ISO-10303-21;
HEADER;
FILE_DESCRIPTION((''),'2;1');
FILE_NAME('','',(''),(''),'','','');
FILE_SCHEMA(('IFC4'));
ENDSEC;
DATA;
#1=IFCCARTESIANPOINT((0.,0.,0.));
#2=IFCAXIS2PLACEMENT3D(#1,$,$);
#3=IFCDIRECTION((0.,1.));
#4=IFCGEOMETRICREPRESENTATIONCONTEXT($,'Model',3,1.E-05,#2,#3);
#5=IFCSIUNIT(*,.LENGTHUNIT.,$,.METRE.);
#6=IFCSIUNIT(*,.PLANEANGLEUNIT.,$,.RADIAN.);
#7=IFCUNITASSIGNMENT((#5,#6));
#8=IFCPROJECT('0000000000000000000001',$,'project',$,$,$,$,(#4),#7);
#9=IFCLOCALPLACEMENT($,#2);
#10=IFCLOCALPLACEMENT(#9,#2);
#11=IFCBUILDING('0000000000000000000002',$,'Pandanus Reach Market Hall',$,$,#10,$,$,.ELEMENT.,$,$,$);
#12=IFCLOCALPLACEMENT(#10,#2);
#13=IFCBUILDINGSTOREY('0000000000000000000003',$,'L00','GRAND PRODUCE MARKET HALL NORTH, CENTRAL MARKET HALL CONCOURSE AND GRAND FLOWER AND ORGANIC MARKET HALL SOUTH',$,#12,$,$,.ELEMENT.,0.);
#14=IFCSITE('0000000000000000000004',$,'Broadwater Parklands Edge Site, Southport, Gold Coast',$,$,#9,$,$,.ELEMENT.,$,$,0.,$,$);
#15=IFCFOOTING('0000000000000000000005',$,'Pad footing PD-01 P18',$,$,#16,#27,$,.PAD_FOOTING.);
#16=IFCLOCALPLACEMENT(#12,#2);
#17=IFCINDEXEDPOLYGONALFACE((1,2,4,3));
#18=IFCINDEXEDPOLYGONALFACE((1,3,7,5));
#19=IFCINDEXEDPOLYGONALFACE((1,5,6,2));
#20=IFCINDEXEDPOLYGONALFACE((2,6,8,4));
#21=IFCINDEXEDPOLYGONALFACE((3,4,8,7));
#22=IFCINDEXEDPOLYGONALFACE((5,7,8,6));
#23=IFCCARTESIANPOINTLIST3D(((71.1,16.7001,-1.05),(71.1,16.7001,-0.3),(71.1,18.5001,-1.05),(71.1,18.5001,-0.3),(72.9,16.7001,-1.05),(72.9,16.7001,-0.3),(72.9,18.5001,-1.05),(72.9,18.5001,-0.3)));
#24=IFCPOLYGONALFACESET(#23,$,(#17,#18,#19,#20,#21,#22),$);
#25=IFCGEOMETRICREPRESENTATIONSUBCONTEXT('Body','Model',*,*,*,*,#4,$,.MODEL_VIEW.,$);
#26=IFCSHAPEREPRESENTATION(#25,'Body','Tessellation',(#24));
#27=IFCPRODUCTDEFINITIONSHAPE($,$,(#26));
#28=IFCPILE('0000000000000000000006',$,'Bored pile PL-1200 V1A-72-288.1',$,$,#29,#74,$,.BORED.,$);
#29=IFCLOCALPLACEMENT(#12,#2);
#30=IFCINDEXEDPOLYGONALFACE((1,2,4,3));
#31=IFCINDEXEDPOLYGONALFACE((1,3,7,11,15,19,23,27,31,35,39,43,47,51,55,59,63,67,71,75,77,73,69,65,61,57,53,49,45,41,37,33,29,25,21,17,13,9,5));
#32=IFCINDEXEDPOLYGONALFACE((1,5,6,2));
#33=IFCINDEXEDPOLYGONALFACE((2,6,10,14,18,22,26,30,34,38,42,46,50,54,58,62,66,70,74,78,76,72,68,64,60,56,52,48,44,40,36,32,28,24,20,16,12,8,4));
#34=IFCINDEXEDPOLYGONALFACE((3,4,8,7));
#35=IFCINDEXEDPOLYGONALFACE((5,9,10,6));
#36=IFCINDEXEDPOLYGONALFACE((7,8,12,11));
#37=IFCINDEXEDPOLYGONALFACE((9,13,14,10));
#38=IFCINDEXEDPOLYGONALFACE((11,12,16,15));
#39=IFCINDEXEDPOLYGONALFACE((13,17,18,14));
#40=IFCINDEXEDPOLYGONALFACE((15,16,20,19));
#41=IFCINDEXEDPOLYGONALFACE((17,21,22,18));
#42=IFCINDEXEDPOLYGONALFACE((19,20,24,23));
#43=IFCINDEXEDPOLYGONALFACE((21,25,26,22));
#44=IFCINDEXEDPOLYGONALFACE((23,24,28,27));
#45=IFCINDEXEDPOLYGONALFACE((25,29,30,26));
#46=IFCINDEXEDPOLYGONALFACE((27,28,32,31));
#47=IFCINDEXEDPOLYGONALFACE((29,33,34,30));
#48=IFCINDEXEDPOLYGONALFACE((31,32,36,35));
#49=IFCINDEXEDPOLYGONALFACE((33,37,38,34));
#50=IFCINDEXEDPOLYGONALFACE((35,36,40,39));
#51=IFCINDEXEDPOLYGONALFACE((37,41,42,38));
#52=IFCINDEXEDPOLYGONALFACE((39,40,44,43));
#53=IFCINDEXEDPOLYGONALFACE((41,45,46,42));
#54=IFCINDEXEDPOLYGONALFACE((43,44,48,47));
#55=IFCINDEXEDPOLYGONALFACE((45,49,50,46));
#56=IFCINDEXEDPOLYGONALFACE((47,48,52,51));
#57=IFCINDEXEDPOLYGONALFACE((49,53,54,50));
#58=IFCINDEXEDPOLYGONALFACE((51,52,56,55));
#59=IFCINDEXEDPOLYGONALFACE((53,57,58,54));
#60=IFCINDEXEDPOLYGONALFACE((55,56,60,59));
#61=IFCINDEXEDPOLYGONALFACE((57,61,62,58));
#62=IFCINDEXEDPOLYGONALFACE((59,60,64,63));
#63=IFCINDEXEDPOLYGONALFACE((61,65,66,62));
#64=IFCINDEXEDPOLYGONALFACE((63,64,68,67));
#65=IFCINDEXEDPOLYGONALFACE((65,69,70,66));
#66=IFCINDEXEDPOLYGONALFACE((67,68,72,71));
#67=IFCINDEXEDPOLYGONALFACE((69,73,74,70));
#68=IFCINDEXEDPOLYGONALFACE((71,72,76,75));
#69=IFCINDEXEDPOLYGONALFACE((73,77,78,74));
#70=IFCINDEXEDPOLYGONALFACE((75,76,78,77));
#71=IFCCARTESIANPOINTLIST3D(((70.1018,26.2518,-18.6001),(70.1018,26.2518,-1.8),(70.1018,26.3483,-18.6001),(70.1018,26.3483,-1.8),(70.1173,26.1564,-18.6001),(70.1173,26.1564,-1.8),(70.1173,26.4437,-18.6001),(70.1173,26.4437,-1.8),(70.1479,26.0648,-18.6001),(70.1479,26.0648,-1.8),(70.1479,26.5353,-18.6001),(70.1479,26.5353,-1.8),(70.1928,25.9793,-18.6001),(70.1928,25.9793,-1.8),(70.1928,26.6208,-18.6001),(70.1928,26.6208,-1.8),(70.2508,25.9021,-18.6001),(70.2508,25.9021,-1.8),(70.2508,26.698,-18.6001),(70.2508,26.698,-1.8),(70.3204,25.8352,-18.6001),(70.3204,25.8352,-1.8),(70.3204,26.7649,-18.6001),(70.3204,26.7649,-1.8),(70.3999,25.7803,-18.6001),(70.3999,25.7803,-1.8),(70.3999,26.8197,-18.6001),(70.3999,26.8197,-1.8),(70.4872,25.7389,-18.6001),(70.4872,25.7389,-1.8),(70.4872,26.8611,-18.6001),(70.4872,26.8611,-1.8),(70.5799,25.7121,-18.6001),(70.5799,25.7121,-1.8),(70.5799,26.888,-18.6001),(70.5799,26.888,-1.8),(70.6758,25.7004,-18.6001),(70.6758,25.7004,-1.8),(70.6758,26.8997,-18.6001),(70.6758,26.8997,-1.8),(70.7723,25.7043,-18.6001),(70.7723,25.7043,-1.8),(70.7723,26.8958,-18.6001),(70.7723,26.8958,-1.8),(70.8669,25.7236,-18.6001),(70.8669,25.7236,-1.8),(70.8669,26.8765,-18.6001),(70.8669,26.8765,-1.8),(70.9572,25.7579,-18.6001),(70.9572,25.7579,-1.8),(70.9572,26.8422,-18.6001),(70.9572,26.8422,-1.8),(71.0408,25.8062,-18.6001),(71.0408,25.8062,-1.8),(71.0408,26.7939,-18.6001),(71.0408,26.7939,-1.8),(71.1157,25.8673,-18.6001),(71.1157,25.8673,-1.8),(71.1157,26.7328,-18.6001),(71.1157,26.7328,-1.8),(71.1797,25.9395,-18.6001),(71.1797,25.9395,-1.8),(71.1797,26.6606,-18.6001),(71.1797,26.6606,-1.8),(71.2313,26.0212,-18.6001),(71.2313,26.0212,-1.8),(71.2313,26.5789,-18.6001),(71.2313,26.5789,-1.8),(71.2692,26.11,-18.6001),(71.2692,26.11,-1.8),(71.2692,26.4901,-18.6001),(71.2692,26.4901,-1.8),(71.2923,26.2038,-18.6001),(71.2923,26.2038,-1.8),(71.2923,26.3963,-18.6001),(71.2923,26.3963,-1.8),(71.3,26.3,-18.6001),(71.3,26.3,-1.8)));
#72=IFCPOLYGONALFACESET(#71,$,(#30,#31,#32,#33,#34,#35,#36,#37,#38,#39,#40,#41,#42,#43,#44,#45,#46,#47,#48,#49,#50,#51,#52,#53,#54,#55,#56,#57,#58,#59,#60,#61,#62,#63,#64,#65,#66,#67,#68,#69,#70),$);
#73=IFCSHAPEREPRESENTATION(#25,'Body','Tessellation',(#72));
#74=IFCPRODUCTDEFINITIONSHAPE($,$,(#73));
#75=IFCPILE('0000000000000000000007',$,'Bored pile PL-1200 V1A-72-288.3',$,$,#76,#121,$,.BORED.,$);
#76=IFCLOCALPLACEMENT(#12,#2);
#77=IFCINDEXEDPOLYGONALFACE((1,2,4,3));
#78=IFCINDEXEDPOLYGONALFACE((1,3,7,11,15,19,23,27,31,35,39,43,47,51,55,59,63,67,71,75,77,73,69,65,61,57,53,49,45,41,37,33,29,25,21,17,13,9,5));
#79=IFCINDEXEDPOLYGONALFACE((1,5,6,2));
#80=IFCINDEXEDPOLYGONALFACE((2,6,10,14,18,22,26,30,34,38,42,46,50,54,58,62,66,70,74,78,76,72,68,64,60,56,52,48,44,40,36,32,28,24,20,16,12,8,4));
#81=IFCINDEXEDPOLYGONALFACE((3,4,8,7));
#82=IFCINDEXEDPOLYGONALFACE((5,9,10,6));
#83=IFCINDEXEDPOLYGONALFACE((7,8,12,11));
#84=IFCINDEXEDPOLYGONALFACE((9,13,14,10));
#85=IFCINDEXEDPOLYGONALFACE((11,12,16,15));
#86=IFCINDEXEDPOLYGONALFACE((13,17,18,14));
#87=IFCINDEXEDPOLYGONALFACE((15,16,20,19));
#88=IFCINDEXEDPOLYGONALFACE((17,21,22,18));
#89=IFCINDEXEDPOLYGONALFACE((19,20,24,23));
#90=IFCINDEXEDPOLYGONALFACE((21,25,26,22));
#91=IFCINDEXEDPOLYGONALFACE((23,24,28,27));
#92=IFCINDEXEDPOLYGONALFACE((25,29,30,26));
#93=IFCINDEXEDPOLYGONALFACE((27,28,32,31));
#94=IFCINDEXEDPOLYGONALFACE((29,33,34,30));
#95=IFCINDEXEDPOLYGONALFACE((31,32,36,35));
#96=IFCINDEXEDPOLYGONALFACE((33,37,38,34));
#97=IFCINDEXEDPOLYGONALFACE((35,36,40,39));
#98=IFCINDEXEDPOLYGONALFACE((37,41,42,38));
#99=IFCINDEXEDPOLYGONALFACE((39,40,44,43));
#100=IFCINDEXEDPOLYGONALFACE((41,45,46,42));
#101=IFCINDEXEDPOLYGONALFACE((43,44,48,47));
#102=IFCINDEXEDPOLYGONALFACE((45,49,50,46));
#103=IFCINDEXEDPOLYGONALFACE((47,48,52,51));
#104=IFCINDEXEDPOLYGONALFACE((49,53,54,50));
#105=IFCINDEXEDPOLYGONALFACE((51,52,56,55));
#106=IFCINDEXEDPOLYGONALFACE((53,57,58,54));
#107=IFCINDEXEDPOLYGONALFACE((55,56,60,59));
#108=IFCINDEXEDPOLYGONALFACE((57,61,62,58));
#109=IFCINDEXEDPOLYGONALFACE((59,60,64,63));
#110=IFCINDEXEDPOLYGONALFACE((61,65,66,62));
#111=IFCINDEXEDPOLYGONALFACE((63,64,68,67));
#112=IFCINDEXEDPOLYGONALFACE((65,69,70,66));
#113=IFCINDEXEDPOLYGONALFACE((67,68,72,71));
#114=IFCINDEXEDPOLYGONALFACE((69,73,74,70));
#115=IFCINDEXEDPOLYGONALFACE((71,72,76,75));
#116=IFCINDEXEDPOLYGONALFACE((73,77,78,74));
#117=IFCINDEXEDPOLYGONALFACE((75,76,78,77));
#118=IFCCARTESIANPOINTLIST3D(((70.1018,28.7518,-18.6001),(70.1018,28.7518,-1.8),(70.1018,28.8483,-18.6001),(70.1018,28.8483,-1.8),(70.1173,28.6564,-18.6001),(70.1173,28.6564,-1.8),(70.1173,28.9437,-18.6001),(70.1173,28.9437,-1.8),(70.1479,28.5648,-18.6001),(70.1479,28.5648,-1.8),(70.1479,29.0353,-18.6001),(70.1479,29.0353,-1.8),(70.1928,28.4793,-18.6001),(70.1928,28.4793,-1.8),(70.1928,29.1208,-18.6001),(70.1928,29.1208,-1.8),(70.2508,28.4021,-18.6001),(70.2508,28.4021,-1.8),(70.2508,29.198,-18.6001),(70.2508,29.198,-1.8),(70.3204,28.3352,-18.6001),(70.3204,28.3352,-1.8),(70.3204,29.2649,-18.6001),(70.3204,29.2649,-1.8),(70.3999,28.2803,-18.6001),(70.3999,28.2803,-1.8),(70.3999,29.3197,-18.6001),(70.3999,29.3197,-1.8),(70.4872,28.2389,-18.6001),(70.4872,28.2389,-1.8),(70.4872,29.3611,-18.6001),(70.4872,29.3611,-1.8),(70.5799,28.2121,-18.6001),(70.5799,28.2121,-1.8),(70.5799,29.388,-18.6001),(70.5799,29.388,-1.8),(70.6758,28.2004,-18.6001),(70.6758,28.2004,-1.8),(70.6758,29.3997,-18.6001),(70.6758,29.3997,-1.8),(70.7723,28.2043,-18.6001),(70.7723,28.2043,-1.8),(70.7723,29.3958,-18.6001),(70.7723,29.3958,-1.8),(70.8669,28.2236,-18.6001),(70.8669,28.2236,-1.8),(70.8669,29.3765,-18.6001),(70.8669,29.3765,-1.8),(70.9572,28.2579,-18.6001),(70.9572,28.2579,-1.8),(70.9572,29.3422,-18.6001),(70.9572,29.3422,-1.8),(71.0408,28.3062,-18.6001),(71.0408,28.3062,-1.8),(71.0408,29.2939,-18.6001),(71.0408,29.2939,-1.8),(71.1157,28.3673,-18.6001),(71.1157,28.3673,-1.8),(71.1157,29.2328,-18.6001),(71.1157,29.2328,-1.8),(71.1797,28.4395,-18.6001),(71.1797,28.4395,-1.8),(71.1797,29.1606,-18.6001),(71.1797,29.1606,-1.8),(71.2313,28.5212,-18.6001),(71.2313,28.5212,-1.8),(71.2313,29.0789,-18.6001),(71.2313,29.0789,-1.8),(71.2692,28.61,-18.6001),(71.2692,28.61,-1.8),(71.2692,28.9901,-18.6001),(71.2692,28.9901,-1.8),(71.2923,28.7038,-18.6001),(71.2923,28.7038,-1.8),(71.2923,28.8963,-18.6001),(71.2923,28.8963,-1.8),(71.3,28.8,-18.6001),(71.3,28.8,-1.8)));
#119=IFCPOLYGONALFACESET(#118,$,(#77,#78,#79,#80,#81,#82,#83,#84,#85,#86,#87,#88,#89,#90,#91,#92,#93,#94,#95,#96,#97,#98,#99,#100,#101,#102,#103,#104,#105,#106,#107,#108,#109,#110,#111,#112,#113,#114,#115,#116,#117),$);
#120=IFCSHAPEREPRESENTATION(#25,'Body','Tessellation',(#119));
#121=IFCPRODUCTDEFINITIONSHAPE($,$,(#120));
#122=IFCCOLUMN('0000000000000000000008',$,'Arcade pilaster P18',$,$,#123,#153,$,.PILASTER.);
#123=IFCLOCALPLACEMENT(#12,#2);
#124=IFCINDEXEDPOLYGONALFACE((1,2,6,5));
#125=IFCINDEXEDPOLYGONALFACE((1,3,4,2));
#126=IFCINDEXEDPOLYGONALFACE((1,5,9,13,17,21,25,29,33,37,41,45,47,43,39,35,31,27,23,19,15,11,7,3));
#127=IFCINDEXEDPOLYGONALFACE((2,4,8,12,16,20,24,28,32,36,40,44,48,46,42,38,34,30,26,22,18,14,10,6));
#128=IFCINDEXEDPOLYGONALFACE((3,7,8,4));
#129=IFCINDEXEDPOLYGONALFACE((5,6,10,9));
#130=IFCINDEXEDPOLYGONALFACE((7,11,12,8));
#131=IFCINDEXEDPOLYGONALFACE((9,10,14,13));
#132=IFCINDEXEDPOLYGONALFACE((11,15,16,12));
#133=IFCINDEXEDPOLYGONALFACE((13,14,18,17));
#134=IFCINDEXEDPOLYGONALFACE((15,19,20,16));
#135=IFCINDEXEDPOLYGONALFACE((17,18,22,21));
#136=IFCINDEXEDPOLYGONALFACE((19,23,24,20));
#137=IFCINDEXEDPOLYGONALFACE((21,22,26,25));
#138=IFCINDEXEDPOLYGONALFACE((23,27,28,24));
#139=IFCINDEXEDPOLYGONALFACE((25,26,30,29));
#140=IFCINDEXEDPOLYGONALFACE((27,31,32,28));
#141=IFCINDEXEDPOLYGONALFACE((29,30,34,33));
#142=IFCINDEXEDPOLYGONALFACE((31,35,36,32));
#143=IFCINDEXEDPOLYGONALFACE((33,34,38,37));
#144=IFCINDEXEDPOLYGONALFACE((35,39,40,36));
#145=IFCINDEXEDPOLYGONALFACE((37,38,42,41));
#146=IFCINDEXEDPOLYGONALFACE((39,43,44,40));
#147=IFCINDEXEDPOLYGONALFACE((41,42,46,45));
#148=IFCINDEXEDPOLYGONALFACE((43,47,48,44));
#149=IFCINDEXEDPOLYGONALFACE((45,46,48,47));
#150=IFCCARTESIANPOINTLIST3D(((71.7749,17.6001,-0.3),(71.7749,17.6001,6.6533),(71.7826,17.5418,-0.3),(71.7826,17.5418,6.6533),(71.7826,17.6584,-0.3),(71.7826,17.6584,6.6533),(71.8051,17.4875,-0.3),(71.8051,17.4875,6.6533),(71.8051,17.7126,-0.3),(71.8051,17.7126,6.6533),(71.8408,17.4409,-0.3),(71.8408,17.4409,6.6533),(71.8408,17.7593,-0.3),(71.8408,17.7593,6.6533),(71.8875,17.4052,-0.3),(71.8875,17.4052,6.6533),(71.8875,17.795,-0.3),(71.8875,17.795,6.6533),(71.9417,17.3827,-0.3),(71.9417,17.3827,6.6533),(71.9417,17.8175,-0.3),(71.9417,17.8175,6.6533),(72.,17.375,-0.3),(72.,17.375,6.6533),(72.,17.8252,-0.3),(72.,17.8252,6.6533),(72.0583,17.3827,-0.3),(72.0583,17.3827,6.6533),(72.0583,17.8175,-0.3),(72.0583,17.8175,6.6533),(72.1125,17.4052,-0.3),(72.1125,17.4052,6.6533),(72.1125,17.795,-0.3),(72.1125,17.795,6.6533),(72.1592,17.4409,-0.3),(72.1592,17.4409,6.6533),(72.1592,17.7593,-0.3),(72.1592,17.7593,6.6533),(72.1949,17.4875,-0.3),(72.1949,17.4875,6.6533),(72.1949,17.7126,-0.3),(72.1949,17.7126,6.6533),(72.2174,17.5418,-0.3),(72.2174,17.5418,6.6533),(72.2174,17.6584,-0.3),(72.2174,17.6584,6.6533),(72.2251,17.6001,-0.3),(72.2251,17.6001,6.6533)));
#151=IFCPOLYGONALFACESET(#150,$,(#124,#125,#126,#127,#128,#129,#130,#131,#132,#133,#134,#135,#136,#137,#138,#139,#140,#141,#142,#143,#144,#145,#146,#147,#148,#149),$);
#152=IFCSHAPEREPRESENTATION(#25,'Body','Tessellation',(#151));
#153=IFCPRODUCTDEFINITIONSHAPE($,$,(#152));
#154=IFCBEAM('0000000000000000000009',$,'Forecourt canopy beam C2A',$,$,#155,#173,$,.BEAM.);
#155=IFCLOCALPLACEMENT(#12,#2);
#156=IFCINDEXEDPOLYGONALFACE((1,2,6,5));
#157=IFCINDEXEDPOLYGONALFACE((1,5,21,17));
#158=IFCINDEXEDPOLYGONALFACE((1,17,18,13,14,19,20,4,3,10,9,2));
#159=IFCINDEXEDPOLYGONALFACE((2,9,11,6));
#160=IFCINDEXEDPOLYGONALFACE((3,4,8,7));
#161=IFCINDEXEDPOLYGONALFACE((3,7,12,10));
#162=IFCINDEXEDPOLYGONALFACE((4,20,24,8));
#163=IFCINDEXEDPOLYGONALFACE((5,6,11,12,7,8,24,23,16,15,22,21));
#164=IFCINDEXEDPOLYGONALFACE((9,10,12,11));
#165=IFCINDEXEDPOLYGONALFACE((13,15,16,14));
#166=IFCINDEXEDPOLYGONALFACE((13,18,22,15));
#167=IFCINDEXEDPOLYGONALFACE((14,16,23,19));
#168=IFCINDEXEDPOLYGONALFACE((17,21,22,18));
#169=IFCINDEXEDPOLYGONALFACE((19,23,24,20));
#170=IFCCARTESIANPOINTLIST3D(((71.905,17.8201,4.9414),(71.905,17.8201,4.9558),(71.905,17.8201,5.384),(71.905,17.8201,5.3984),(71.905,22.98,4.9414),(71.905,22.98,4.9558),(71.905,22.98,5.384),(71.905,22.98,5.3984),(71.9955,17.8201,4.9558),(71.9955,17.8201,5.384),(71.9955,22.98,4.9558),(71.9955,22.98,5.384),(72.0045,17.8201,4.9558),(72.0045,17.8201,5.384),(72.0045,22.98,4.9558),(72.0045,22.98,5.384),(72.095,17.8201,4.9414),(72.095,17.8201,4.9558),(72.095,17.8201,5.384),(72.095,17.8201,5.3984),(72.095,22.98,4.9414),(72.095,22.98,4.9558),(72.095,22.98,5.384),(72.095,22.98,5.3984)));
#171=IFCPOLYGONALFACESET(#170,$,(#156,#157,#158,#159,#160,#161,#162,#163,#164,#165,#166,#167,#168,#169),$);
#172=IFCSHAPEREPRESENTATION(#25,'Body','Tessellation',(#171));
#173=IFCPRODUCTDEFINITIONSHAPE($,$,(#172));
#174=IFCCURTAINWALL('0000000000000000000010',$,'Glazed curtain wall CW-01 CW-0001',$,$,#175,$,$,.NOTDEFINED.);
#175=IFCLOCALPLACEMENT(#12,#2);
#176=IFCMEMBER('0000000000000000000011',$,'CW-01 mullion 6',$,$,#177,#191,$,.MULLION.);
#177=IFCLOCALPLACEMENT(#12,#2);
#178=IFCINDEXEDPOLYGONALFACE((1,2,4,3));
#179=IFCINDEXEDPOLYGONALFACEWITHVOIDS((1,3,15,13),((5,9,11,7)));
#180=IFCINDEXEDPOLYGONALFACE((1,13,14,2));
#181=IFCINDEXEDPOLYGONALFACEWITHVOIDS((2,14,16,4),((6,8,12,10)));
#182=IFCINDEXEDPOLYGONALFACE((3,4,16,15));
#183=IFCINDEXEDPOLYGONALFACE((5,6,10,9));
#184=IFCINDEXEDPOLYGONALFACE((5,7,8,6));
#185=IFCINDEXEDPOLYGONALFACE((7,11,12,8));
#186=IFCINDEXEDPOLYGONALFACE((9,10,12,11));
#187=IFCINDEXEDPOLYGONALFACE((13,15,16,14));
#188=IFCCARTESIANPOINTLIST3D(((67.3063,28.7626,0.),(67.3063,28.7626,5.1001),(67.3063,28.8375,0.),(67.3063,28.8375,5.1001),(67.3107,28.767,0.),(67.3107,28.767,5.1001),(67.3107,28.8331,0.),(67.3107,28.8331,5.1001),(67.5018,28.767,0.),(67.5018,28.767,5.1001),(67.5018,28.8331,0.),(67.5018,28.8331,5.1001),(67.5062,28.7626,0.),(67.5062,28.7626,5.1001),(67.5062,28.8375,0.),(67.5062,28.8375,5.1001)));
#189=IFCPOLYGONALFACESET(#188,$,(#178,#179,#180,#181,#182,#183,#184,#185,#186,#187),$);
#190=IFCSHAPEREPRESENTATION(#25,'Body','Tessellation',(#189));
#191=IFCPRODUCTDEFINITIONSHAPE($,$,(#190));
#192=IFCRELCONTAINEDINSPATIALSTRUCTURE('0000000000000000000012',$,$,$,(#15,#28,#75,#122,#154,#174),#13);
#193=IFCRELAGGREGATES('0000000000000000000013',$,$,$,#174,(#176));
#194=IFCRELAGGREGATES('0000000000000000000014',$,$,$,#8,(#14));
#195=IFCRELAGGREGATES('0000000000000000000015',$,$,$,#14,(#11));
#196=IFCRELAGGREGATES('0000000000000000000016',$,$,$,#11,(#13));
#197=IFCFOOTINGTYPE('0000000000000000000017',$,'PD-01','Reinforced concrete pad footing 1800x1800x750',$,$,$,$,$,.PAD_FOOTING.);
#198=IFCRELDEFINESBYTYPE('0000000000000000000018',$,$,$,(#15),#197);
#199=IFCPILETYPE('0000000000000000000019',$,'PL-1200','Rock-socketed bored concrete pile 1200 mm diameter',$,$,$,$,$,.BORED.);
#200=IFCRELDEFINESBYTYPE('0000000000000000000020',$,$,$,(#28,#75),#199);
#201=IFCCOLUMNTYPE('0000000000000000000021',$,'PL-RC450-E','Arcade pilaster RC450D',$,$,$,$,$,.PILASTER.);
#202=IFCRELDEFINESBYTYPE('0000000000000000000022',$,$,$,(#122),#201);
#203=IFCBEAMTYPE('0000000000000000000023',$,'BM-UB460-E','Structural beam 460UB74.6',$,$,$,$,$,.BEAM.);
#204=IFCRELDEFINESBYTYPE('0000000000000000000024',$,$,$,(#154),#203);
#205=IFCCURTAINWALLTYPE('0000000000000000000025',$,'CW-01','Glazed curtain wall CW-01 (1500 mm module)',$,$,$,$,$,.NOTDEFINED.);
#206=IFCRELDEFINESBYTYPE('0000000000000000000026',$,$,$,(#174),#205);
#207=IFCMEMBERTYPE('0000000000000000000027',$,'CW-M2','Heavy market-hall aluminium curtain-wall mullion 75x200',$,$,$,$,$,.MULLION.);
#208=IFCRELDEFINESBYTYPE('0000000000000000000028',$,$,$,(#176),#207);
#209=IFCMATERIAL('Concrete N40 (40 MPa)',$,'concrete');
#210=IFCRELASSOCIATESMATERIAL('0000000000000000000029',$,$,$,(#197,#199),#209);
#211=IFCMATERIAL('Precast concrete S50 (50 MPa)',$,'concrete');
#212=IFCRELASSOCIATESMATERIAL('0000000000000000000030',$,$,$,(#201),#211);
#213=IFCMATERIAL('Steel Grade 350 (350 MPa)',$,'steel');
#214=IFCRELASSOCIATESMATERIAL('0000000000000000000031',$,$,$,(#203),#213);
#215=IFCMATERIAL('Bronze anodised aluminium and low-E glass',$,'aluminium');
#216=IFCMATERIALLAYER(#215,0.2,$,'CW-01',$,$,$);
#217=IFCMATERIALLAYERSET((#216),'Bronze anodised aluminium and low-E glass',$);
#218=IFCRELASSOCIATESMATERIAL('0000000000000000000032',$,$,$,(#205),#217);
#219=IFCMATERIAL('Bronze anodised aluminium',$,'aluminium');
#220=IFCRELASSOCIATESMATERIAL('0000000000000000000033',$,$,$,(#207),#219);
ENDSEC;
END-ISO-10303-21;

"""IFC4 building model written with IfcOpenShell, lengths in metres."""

from ifc_helpers import new_model, si_unit, direction, frame, origin, origin_2d, place, context, subcontext, project, spatial, rectangle, hollow_rectangle, circle, i_section, extrude, material, layer, layer_set, material_profile, profile_set, type_object, element, aggregate, save


model = new_model("IFC4")

# Units and contexts
model_context = context("Model", 3, precision=1e-05, world=origin(), true_north=direction((0.0, 1.0)))
body_context = subcontext(model_context, "Body", "Model", "MODEL_VIEW")
ifc_project = project(units=[si_unit("LENGTHUNIT", "METRE"), si_unit("PLANEANGLEUNIT", "RADIAN")], contexts=[model_context])

# Site, building, storey
site_placement = place(None, origin())
site = spatial("IfcSite", under=ifc_project, at=site_placement, Name="Broadwater Parklands Edge Site, Southport, Gold Coast", CompositionType="ELEMENT", RefElevation=0.0)
building_placement = place(site_placement, origin())
building = spatial("IfcBuilding", under=site, at=building_placement, Name="Pandanus Reach Market Hall", CompositionType="ELEMENT")
storey_placement = place(building_placement, origin())
storey = spatial("IfcBuildingStorey", under=building, at=storey_placement, Name="L00", Description="GRAND PRODUCE MARKET HALL NORTH, CENTRAL MARKET HALL CONCOURSE AND GRAND FLOWER AND ORGANIC MARKET HALL SOUTH", CompositionType="ELEMENT", Elevation=0.0)

# Footing
ifc_material_1 = material(Name="Concrete N40 (40 MPa)", Category="concrete")
footing_type = type_object("IfcFootingType", Name="PD-01", Description="Reinforced concrete pad footing 1800x1800x750", PredefinedType="PAD_FOOTING", material=ifc_material_1)
footing_placement = place(storey_placement, frame((72.0, 17.6001, -1.05), z_axis=(0.0, 0.0, 1.0), x_axis=(1.0, 0.0, 0.0)))
element("IfcFooting", 1, at=footing_placement, inside=storey, type_object=footing_type, Name="Pad footing PD-01 P18", PredefinedType="PAD_FOOTING", context=body_context, shape_type="SweptSolid", body=[
    extrude(rectangle(XDim=1.8, YDim=1.8, at=origin_2d()), origin(), (0.0, 0.0, 1.0), 0.75),
])

# Piles
ifc_material_profile_1 = material_profile(ifc_material_1, circle(Radius=0.6001, at=origin_2d()), Name="PILE-1200D", Category="LoadBearing")
ifc_profile_set_1 = profile_set([ifc_material_profile_1], Name="Concrete N40 (40 MPa)")
pile_type = type_object("IfcPileType", Name="PL-1200", Description="Rock-socketed bored concrete pile 1200 mm diameter", PredefinedType="BORED", material=ifc_profile_set_1)
for number, where, z_axis, x_axis, name in (
    (2, (70.7, 26.3, -1.8), (0.0, 0.0, -1.0), (1.0, 0.0, 0.0), "Bored pile PL-1200 V1A-72-288.1"),
    (3, (70.7, 28.8, -1.8), (0.0, 0.0, -1.0), (1.0, 0.0, 0.0), "Bored pile PL-1200 V1A-72-288.3"),
):
    element("IfcPile", number, at=place(storey_placement, frame(where, z_axis=z_axis, x_axis=x_axis)), inside=storey, type_object=pile_type, Name=name, PredefinedType="BORED", context=body_context, shape_type="SweptSolid", body=[
        extrude(circle(Radius=0.6001, at=origin_2d()), origin(), (0.0, 0.0, 1.0), 16.8),
    ])

# Column
ifc_material_2 = material(Name="Precast concrete S50 (50 MPa)", Category="concrete")
ifc_material_profile_2 = material_profile(ifc_material_2, circle(Radius=0.2251, at=origin_2d()), Name="RC450D", Category="LoadBearing")
ifc_profile_set_2 = profile_set([ifc_material_profile_2], Name="Precast concrete S50 (50 MPa)")
column_type = type_object("IfcColumnType", Name="PL-RC450-E", Description="Arcade pilaster RC450D", PredefinedType="PILASTER", material=ifc_profile_set_2)
column_placement = place(storey_placement, frame((72.0, 17.6001, -0.3), z_axis=(0.0, 0.0, 1.0), x_axis=(1.0, 0.0, 0.0)))
element("IfcColumn", 4, at=column_placement, inside=storey, type_object=column_type, Name="Arcade pilaster P18", PredefinedType="PILASTER", context=body_context, shape_type="SweptSolid", body=[
    extrude(circle(Radius=0.2251, at=origin_2d()), origin(), (0.0, 0.0, 1.0), 6.9534),
])

# Beam
ifc_material_3 = material(Name="Steel Grade 350 (350 MPa)", Category="steel")
ifc_material_profile_3 = material_profile(ifc_material_3, i_section(OverallWidth=0.1899, OverallDepth=0.457, WebThickness=0.009, FlangeThickness=0.0144, at=origin_2d()), Name="460UB74.6", Category="LoadBearing")
ifc_profile_set_3 = profile_set([ifc_material_profile_3], Name="Steel Grade 350 (350 MPa)")
beam_type = type_object("IfcBeamType", Name="BM-UB460-E", Description="Structural beam 460UB74.6", PredefinedType="BEAM", material=ifc_profile_set_3)
beam_placement = place(storey_placement, frame((72.0, 17.8201, 5.1699), z_axis=(0.0, 1.0, 0.0), x_axis=(-1.0, 0.0, 0.0)))
element("IfcBeam", 5, at=beam_placement, inside=storey, type_object=beam_type, Name="Forecourt canopy beam C2A", PredefinedType="BEAM", context=body_context, shape_type="SweptSolid", body=[
    extrude(i_section(OverallWidth=0.1899, OverallDepth=0.457, WebThickness=0.009, FlangeThickness=0.0144, at=origin_2d()), origin(), (0.0, 0.0, 1.0), 5.1599),
])

# Curtain wall, member
ifc_material_4 = material(Name="Bronze anodised aluminium and low-E glass", Category="aluminium")
ifc_layer_1 = layer(ifc_material_4, 0.2, Name="CW-01")
ifc_layer_set_1 = layer_set([ifc_layer_1], Name="Bronze anodised aluminium and low-E glass")
curtain_wall_type = type_object("IfcCurtainWallType", Name="CW-01", Description="Glazed curtain wall CW-01 (1500 mm module)", PredefinedType="NOTDEFINED", material=ifc_layer_set_1)
curtain_wall_placement = place(storey_placement, origin())
curtain_wall = element("IfcCurtainWall", 6, at=curtain_wall_placement, inside=storey, type_object=curtain_wall_type, Name="Glazed curtain wall CW-01 CW-0001", PredefinedType="NOTDEFINED")
ifc_material_5 = material(Name="Bronze anodised aluminium", Category="aluminium")
ifc_material_profile_4 = material_profile(ifc_material_5, hollow_rectangle(XDim=0.075, YDim=0.2, WallThickness=0.0044, at=origin_2d()), Name="ALU75x200", Category="LoadBearing")
ifc_profile_set_4 = profile_set([ifc_material_profile_4], Name="Bronze anodised aluminium")
member_type_1 = type_object("IfcMemberType", Name="CW-M2", Description="Heavy market-hall aluminium curtain-wall mullion 75x200", PredefinedType="MULLION", material=ifc_profile_set_4)
member_1_placement = place(storey_placement, frame((67.4062, 28.8, 0.0), z_axis=(0.0, 0.0, 1.0), x_axis=(0.0, 1.0, 0.0)))
member_1 = element("IfcMember", 7, at=member_1_placement, type_object=member_type_1, Name="CW-01 mullion 6", PredefinedType="MULLION", context=body_context, shape_type="SweptSolid", body=[
    extrude(hollow_rectangle(XDim=0.075, YDim=0.2, WallThickness=0.0044, at=origin_2d()), origin(), (0.0, 0.0, 1.0), 5.1001),
])

aggregate(curtain_wall, [member_1])

save(model, "model.ifc")
